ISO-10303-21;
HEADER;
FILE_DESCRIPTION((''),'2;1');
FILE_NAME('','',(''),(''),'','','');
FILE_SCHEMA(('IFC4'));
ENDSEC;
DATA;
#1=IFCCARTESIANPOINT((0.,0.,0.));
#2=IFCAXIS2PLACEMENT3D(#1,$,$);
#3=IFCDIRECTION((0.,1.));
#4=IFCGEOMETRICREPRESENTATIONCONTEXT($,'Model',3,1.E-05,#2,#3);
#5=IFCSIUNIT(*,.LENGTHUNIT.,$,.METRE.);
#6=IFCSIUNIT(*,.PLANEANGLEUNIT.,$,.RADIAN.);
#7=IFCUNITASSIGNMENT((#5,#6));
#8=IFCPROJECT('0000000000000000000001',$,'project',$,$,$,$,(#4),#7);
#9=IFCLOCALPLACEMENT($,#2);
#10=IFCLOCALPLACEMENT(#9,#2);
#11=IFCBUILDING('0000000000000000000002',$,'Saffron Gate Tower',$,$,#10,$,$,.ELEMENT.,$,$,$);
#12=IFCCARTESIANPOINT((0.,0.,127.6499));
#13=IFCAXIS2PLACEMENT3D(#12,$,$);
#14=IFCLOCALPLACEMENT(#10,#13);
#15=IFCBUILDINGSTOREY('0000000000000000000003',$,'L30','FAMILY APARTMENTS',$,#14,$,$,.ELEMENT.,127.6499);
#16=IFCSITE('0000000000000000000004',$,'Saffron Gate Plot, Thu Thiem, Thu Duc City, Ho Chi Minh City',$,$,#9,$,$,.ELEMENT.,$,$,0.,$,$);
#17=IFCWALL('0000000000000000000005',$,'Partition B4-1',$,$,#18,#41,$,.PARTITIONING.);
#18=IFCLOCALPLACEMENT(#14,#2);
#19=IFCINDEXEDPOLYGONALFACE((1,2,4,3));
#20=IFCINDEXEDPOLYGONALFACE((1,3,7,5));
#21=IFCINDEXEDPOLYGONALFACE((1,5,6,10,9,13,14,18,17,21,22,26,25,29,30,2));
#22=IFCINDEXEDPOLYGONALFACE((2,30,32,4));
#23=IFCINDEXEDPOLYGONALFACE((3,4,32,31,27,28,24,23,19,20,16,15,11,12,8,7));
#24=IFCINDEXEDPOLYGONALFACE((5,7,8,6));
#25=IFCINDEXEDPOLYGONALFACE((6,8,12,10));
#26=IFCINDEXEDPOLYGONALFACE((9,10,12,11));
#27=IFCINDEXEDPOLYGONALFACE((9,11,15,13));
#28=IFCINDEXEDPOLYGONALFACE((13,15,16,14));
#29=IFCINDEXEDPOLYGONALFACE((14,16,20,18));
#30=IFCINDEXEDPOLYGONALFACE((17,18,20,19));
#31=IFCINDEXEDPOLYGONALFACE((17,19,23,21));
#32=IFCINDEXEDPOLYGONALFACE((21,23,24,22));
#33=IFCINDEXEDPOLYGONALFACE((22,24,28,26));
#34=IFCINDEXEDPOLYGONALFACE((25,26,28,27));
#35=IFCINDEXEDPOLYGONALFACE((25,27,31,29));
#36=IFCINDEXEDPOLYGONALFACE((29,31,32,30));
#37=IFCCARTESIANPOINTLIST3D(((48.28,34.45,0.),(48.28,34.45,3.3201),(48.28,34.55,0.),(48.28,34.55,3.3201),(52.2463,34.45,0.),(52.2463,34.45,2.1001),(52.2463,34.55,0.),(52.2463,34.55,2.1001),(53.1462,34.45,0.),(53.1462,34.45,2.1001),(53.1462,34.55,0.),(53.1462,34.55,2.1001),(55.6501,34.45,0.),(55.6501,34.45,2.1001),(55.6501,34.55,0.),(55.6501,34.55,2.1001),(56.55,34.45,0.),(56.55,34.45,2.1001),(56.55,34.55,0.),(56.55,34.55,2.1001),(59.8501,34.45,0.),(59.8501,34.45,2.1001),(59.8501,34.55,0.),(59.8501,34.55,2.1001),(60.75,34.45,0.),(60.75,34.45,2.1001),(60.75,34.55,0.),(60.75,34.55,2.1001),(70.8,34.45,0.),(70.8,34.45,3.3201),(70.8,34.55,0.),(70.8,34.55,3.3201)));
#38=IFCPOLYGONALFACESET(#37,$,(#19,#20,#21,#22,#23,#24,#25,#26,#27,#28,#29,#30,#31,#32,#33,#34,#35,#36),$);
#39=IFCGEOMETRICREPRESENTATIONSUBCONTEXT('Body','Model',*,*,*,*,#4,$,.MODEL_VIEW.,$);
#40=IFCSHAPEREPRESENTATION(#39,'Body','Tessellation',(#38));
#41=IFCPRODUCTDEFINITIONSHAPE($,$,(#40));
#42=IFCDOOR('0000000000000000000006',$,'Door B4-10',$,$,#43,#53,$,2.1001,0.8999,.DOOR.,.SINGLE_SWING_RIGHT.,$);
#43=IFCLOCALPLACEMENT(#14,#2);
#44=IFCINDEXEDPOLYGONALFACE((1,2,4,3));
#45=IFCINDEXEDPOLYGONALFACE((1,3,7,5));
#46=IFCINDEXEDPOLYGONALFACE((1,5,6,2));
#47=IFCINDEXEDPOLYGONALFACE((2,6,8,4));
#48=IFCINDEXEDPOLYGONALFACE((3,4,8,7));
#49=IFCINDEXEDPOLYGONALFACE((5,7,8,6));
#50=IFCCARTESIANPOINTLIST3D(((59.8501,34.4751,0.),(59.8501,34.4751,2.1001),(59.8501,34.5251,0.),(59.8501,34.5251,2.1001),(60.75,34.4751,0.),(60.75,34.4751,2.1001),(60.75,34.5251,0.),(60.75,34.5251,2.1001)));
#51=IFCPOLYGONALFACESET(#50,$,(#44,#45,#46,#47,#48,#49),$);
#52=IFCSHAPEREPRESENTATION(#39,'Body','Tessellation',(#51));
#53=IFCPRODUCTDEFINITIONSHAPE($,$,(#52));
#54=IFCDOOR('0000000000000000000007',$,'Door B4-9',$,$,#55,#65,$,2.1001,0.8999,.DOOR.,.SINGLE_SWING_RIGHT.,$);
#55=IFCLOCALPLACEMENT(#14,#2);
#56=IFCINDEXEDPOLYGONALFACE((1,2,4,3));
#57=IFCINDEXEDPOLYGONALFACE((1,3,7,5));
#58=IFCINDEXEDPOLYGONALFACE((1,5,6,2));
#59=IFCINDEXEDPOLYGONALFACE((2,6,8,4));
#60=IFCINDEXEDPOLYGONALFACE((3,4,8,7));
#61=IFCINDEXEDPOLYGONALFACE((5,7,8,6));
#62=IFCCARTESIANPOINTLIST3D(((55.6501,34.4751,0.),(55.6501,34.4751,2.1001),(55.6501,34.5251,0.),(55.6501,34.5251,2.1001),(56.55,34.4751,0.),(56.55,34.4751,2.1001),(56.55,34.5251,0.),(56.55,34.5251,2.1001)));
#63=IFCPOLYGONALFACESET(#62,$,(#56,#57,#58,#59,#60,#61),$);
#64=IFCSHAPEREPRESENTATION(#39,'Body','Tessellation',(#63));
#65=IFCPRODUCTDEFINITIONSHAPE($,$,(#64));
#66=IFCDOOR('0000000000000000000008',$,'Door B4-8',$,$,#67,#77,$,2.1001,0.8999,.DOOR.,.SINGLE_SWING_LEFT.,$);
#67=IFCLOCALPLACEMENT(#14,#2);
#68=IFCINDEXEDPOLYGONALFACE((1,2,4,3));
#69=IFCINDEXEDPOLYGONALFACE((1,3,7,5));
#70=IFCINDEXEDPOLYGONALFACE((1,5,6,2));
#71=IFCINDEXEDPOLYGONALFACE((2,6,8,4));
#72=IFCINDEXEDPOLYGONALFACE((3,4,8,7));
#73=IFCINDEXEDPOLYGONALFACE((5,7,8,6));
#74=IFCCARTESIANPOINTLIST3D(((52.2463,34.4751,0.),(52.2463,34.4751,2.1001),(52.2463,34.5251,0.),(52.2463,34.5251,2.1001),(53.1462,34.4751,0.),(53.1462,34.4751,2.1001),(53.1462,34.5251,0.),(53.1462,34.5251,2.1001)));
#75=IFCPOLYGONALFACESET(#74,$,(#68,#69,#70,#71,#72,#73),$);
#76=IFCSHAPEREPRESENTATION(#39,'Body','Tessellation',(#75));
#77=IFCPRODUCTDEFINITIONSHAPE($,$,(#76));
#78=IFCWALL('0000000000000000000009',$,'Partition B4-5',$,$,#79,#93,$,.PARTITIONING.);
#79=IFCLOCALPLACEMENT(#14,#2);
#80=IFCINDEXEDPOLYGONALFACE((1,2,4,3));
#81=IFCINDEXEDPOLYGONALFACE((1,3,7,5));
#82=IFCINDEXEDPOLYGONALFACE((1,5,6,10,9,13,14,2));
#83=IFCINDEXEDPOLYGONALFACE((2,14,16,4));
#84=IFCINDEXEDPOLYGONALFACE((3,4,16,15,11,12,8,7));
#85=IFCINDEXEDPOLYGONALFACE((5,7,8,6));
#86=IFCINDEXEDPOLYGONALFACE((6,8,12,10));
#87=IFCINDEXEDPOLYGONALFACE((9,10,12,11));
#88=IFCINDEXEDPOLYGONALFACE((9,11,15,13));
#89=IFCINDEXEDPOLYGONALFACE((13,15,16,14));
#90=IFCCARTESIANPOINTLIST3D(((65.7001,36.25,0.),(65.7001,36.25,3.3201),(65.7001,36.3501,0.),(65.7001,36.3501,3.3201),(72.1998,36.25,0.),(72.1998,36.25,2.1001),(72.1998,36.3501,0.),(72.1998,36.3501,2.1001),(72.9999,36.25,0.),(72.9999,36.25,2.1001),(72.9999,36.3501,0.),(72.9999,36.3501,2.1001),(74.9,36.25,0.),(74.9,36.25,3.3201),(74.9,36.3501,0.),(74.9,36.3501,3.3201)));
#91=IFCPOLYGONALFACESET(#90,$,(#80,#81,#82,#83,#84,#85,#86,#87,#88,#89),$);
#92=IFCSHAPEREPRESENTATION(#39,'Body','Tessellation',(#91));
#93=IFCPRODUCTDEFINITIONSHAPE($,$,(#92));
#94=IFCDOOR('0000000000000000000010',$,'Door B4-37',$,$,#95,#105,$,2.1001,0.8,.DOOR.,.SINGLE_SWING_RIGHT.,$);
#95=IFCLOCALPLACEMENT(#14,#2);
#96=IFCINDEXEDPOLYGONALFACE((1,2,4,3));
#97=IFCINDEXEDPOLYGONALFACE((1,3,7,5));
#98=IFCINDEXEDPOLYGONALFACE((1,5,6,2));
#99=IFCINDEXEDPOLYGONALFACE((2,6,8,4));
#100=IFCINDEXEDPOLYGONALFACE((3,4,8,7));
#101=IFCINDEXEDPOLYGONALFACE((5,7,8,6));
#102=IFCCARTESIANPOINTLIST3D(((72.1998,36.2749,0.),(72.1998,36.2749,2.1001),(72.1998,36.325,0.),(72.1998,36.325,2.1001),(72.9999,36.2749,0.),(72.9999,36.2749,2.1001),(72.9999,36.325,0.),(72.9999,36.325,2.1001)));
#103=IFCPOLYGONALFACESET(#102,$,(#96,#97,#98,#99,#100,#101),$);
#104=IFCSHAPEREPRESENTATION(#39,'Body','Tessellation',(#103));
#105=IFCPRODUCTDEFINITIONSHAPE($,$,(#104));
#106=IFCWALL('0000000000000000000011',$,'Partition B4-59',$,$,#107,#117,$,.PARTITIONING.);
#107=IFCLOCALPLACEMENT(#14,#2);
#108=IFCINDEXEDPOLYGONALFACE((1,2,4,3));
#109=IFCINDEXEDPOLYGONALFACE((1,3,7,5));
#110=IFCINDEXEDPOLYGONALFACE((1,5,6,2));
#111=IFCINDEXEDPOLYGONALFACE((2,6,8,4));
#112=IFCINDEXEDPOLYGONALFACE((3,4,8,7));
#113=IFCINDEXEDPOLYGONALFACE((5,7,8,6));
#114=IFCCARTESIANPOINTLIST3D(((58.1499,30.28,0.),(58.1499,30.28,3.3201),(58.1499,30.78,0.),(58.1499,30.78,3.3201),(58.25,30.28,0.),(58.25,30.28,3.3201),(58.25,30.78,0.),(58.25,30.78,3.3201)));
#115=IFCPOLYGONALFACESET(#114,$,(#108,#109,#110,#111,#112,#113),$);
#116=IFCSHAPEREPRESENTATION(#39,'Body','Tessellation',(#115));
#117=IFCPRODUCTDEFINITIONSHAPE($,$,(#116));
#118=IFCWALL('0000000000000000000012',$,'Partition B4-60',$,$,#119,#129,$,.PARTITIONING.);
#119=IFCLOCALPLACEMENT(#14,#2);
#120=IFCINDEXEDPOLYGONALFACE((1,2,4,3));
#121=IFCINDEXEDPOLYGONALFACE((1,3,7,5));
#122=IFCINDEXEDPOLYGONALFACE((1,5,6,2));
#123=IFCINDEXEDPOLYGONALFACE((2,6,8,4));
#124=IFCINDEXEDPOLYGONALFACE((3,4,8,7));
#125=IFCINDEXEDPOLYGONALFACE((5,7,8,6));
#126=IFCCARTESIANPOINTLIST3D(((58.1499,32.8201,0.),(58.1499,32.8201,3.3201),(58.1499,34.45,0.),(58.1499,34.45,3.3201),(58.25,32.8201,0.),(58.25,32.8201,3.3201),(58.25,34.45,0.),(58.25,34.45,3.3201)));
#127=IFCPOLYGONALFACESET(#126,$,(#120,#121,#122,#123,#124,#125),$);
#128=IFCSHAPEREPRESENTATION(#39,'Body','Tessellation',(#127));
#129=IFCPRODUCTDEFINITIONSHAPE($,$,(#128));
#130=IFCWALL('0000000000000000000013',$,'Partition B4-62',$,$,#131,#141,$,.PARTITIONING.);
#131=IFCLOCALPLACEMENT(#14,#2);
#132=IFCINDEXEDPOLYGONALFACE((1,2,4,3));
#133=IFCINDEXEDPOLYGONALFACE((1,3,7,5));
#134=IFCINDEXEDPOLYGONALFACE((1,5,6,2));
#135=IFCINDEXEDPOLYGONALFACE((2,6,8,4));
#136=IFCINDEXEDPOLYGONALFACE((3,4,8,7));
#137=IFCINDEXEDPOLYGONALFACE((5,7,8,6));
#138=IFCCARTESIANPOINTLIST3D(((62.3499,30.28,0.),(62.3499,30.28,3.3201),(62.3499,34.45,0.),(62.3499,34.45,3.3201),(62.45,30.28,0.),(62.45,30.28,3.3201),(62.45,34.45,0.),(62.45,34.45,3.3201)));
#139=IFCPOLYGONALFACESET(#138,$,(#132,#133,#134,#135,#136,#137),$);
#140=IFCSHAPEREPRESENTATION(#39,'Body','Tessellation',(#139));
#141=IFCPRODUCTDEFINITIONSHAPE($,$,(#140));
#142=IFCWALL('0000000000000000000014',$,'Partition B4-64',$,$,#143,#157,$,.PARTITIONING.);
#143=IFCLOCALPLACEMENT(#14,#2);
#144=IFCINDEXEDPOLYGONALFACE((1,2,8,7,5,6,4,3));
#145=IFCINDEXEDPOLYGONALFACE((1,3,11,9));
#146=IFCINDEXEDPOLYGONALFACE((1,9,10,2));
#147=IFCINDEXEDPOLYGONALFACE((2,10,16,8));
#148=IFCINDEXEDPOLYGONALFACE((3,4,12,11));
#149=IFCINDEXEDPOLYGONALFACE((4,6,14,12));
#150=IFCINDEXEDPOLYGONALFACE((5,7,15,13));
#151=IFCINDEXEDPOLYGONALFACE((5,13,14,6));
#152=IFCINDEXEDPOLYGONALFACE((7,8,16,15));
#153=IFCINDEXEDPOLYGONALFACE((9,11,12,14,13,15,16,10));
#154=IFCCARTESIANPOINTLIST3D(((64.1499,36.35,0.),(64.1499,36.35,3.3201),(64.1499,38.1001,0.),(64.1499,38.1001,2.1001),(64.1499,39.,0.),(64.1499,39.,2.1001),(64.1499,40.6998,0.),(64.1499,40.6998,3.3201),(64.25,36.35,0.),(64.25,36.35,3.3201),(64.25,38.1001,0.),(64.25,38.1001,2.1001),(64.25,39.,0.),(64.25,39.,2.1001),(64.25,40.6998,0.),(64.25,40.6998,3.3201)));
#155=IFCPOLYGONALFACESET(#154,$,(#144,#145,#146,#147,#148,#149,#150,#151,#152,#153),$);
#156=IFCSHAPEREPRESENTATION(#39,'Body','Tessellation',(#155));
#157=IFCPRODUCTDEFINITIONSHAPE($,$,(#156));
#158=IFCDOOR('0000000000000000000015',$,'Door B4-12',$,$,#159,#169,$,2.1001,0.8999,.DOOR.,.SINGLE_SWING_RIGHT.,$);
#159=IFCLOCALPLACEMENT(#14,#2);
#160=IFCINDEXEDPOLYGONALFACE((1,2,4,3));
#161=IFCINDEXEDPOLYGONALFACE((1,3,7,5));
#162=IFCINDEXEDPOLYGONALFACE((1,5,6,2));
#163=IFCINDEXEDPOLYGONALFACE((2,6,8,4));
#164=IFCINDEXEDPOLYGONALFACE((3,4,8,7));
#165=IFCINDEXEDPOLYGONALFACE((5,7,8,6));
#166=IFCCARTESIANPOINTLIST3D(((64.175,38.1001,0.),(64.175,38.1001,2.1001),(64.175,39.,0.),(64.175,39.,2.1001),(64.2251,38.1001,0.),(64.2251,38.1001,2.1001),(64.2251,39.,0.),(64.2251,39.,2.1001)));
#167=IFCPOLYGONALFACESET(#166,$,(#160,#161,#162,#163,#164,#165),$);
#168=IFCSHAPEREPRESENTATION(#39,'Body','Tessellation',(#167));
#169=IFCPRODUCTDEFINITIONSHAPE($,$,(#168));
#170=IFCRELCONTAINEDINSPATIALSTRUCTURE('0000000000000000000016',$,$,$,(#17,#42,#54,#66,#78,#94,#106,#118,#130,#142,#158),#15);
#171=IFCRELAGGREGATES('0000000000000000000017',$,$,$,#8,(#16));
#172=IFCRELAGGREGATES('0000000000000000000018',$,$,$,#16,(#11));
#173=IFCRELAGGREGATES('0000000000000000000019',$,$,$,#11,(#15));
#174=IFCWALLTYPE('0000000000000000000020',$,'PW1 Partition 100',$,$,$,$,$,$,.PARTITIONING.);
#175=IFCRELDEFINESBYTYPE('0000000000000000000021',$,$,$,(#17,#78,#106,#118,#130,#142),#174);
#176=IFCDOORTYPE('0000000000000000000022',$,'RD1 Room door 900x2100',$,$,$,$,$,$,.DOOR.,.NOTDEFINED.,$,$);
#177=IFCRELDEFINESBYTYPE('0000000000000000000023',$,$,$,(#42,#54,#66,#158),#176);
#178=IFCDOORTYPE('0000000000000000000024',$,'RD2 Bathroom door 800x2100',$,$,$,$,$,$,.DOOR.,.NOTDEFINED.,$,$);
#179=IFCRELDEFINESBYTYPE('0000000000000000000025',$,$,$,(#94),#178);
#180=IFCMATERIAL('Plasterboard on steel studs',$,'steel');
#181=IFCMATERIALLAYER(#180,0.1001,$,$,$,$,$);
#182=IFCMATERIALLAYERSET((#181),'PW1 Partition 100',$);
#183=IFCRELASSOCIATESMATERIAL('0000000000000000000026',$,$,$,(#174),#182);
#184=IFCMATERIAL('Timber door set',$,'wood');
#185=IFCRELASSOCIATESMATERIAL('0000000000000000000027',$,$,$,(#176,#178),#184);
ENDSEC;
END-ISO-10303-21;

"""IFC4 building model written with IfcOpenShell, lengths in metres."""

from ifc_helpers import new_model, si_unit, direction, frame, frame_2d, origin, place, context, subcontext, project, spatial, rectangle, extrude, material, layer, layer_set, type_object, element, fill, save


model = new_model("IFC4")

# Units and contexts
model_context = context("Model", 3, precision=1e-05, world=origin(), true_north=direction((0.0, 1.0)))
body_context = subcontext(model_context, "Body", "Model", "MODEL_VIEW")
ifc_project = project(units=[si_unit("LENGTHUNIT", "METRE"), si_unit("PLANEANGLEUNIT", "RADIAN")], contexts=[model_context])

# Site, building, storey
site_placement = place(None, origin())
site = spatial("IfcSite", under=ifc_project, at=site_placement, Name="Saffron Gate Plot, Thu Thiem, Thu Duc City, Ho Chi Minh City", CompositionType="ELEMENT", RefElevation=0.0)
building_placement = place(site_placement, origin())
building = spatial("IfcBuilding", under=site, at=building_placement, Name="Saffron Gate Tower", CompositionType="ELEMENT")
storey_placement = place(building_placement, frame((0.0, 0.0, 127.6499)))
storey = spatial("IfcBuildingStorey", under=building, at=storey_placement, Name="L30", Description="FAMILY APARTMENTS", CompositionType="ELEMENT", Elevation=127.6499)

# Wall, openings, doors
ifc_material_1 = material(Name="Plasterboard on steel studs", Category="steel")
ifc_layer = layer(ifc_material_1, 0.1001)
ifc_layer_set = layer_set([ifc_layer], Name="PW1 Partition 100")
wall_type = type_object("IfcWallType", Name="PW1 Partition 100", PredefinedType="PARTITIONING", material=ifc_layer_set)
wall_1_placement = place(storey_placement, frame((70.8, 34.5, 0.0), z_axis=(0.0, 0.0, 1.0), x_axis=(-1.0, 0.0, 0.0)))
wall_1 = element("IfcWall", 1, at=wall_1_placement, inside=storey, type_object=wall_type, Name="Partition B4-1", PredefinedType="PARTITIONING", context=body_context, shape_type="SweptSolid", body=[
    extrude(rectangle(XDim=22.52, YDim=0.1001, at=frame_2d((11.26, 0.0))), origin(), (0.0, 0.0, 1.0), 3.3201),
])
opening_1_placement = place(wall_1_placement, frame((10.05, 0.0, 0.0)))
opening_1 = element("IfcOpeningElement", 2, at=opening_1_placement, cuts=wall_1, PredefinedType="OPENING", context=body_context, shape_type="SweptSolid", body=[
    extrude(rectangle(XDim=0.8999, YDim=2.1001, at=frame_2d((0.45, 1.05))), frame((0.0, 0.0601, 0.0), z_axis=(0.0, -1.0, 0.0), x_axis=(1.0, 0.0, 0.0)), (0.0, 0.0, 1.0), 0.1201),
])
opening_2_placement = place(wall_1_placement, frame((14.25, 0.0, 0.0)))
opening_2 = element("IfcOpeningElement", 3, at=opening_2_placement, cuts=wall_1, PredefinedType="OPENING", context=body_context, shape_type="SweptSolid", body=[
    extrude(rectangle(XDim=0.8999, YDim=2.1001, at=frame_2d((0.45, 1.05))), frame((0.0, 0.0601, 0.0), z_axis=(0.0, -1.0, 0.0), x_axis=(1.0, 0.0, 0.0)), (0.0, 0.0, 1.0), 0.1201),
])
opening_3_placement = place(wall_1_placement, frame((17.6538, 0.0, 0.0)))
opening_3 = element("IfcOpeningElement", 4, at=opening_3_placement, cuts=wall_1, PredefinedType="OPENING", context=body_context, shape_type="SweptSolid", body=[
    extrude(rectangle(XDim=0.8999, YDim=2.1001, at=frame_2d((0.45, 1.05))), frame((0.0, 0.0601, 0.0), z_axis=(0.0, -1.0, 0.0), x_axis=(1.0, 0.0, 0.0)), (0.0, 0.0, 1.0), 0.1201),
])
ifc_material_2 = material(Name="Timber door set", Category="wood")
door_type_1 = type_object("IfcDoorType", Name="RD1 Room door 900x2100", OperationType="NOTDEFINED", PredefinedType="DOOR", material=ifc_material_2)
door_1_placement = place(opening_1_placement, origin())
door_1 = element("IfcDoor", 5, at=door_1_placement, inside=storey, type_object=door_type_1, Name="Door B4-10", OperationType="SINGLE_SWING_RIGHT", OverallHeight=2.1001, OverallWidth=0.8999, PredefinedType="DOOR", context=body_context, shape_type="SweptSolid", body=[
    extrude(rectangle(XDim=0.8999, YDim=2.1001, at=frame_2d((0.45, 1.05))), frame((0.0, 0.0249, 0.0), z_axis=(0.0, -1.0, 0.0), x_axis=(1.0, 0.0, 0.0)), (0.0, 0.0, 1.0), 0.05),
])
fill(opening_1, door_1)
door_2_placement = place(opening_2_placement, origin())
door_2 = element("IfcDoor", 6, at=door_2_placement, inside=storey, type_object=door_type_1, Name="Door B4-9", OperationType="SINGLE_SWING_RIGHT", OverallHeight=2.1001, OverallWidth=0.8999, PredefinedType="DOOR", context=body_context, shape_type="SweptSolid", body=[
    extrude(rectangle(XDim=0.8999, YDim=2.1001, at=frame_2d((0.45, 1.05))), frame((0.0, 0.0249, 0.0), z_axis=(0.0, -1.0, 0.0), x_axis=(1.0, 0.0, 0.0)), (0.0, 0.0, 1.0), 0.05),
])
fill(opening_2, door_2)
door_3_placement = place(opening_3_placement, origin())
door_3 = element("IfcDoor", 7, at=door_3_placement, inside=storey, type_object=door_type_1, Name="Door B4-8", OperationType="SINGLE_SWING_LEFT", OverallHeight=2.1001, OverallWidth=0.8999, PredefinedType="DOOR", context=body_context, shape_type="SweptSolid", body=[
    extrude(rectangle(XDim=0.8999, YDim=2.1001, at=frame_2d((0.45, 1.05))), frame((0.0, 0.0249, 0.0), z_axis=(0.0, -1.0, 0.0), x_axis=(1.0, 0.0, 0.0)), (0.0, 0.0, 1.0), 0.05),
])
fill(opening_3, door_3)

# Wall, opening, door
wall_2_placement = place(storey_placement, frame((65.7, 36.3, 0.0), z_axis=(0.0, 0.0, 1.0), x_axis=(1.0, 0.0, 0.0)))
wall_2 = element("IfcWall", 8, at=wall_2_placement, inside=storey, type_object=wall_type, Name="Partition B4-5", PredefinedType="PARTITIONING", context=body_context, shape_type="SweptSolid", body=[
    extrude(rectangle(XDim=9.2, YDim=0.1001, at=frame_2d((4.6001, 0.0))), origin(), (0.0, 0.0, 1.0), 3.3201),
])
opening_4_placement = place(wall_2_placement, frame((6.5, 0.0, 0.0)))
opening_4 = element("IfcOpeningElement", 9, at=opening_4_placement, cuts=wall_2, PredefinedType="OPENING", context=body_context, shape_type="SweptSolid", body=[
    extrude(rectangle(XDim=0.8, YDim=2.1001, at=frame_2d((0.3999, 1.05))), frame((0.0, 0.0601, 0.0), z_axis=(0.0, -1.0, 0.0), x_axis=(1.0, 0.0, 0.0)), (0.0, 0.0, 1.0), 0.1201),
])
door_type_2 = type_object("IfcDoorType", Name="RD2 Bathroom door 800x2100", OperationType="NOTDEFINED", PredefinedType="DOOR", material=ifc_material_2)
door_4_placement = place(opening_4_placement, origin())
door_4 = element("IfcDoor", 10, at=door_4_placement, inside=storey, type_object=door_type_2, Name="Door B4-37", OperationType="SINGLE_SWING_RIGHT", OverallHeight=2.1001, OverallWidth=0.8, PredefinedType="DOOR", context=body_context, shape_type="SweptSolid", body=[
    extrude(rectangle(XDim=0.8, YDim=2.1001, at=frame_2d((0.3999, 1.05))), frame((0.0, 0.0249, 0.0), z_axis=(0.0, -1.0, 0.0), x_axis=(1.0, 0.0, 0.0)), (0.0, 0.0, 1.0), 0.05),
])
fill(opening_4, door_4)

# Walls
wall_3_placement = place(storey_placement, frame((58.2, 30.78, 0.0), z_axis=(0.0, 0.0, 1.0), x_axis=(0.0, -1.0, 0.0)))
element("IfcWall", 11, at=wall_3_placement, inside=storey, type_object=wall_type, Name="Partition B4-59", PredefinedType="PARTITIONING", context=body_context, shape_type="SweptSolid", body=[
    extrude(rectangle(XDim=0.5, YDim=0.1001, at=frame_2d((0.25, 0.0))), origin(), (0.0, 0.0, 1.0), 3.3201),
])
wall_4_placement = place(storey_placement, frame((58.2, 34.45, 0.0), z_axis=(0.0, 0.0, 1.0), x_axis=(0.0, -1.0, 0.0)))
element("IfcWall", 12, at=wall_4_placement, inside=storey, type_object=wall_type, Name="Partition B4-60", PredefinedType="PARTITIONING", context=body_context, shape_type="SweptSolid", body=[
    extrude(rectangle(XDim=1.6299, YDim=0.1001, at=frame_2d((0.8149, 0.0))), origin(), (0.0, 0.0, 1.0), 3.3201),
])
wall_5_placement = place(storey_placement, frame((62.3999, 34.45, 0.0), z_axis=(0.0, 0.0, 1.0), x_axis=(0.0, -1.0, 0.0)))
element("IfcWall", 13, at=wall_5_placement, inside=storey, type_object=wall_type, Name="Partition B4-62", PredefinedType="PARTITIONING", context=body_context, shape_type="SweptSolid", body=[
    extrude(rectangle(XDim=4.1699, YDim=0.1001, at=frame_2d((2.085, 0.0))), origin(), (0.0, 0.0, 1.0), 3.3201),
])

# Wall, opening, door
wall_6_placement = place(storey_placement, frame((64.2, 36.3501, 0.0), z_axis=(0.0, 0.0, 1.0), x_axis=(0.0, 1.0, 0.0)))
wall_6 = element("IfcWall", 14, at=wall_6_placement, inside=storey, type_object=wall_type, Name="Partition B4-64", PredefinedType="PARTITIONING", context=body_context, shape_type="SweptSolid", body=[
    extrude(rectangle(XDim=4.3499, YDim=0.1001, at=frame_2d((2.1748, 0.0))), origin(), (0.0, 0.0, 1.0), 3.3201),
])
opening_5_placement = place(wall_6_placement, frame((1.75, 0.0, 0.0)))
opening_5 = element("IfcOpeningElement", 15, at=opening_5_placement, cuts=wall_6, PredefinedType="OPENING", context=body_context, shape_type="SweptSolid", body=[
    extrude(rectangle(XDim=0.8999, YDim=2.1001, at=frame_2d((0.45, 1.05))), frame((0.0, 0.0601, 0.0), z_axis=(0.0, -1.0, 0.0), x_axis=(1.0, 0.0, 0.0)), (0.0, 0.0, 1.0), 0.1201),
])
door_5_placement = place(opening_5_placement, origin())
door_5 = element("IfcDoor", 16, at=door_5_placement, inside=storey, type_object=door_type_1, Name="Door B4-12", OperationType="SINGLE_SWING_RIGHT", OverallHeight=2.1001, OverallWidth=0.8999, PredefinedType="DOOR", context=body_context, shape_type="SweptSolid", body=[
    extrude(rectangle(XDim=0.8999, YDim=2.1001, at=frame_2d((0.45, 1.05))), frame((0.0, 0.0249, 0.0), z_axis=(0.0, -1.0, 0.0), x_axis=(1.0, 0.0, 0.0)), (0.0, 0.0, 1.0), 0.05),
])
fill(opening_5, door_5)

save(model, "model.ifc")
